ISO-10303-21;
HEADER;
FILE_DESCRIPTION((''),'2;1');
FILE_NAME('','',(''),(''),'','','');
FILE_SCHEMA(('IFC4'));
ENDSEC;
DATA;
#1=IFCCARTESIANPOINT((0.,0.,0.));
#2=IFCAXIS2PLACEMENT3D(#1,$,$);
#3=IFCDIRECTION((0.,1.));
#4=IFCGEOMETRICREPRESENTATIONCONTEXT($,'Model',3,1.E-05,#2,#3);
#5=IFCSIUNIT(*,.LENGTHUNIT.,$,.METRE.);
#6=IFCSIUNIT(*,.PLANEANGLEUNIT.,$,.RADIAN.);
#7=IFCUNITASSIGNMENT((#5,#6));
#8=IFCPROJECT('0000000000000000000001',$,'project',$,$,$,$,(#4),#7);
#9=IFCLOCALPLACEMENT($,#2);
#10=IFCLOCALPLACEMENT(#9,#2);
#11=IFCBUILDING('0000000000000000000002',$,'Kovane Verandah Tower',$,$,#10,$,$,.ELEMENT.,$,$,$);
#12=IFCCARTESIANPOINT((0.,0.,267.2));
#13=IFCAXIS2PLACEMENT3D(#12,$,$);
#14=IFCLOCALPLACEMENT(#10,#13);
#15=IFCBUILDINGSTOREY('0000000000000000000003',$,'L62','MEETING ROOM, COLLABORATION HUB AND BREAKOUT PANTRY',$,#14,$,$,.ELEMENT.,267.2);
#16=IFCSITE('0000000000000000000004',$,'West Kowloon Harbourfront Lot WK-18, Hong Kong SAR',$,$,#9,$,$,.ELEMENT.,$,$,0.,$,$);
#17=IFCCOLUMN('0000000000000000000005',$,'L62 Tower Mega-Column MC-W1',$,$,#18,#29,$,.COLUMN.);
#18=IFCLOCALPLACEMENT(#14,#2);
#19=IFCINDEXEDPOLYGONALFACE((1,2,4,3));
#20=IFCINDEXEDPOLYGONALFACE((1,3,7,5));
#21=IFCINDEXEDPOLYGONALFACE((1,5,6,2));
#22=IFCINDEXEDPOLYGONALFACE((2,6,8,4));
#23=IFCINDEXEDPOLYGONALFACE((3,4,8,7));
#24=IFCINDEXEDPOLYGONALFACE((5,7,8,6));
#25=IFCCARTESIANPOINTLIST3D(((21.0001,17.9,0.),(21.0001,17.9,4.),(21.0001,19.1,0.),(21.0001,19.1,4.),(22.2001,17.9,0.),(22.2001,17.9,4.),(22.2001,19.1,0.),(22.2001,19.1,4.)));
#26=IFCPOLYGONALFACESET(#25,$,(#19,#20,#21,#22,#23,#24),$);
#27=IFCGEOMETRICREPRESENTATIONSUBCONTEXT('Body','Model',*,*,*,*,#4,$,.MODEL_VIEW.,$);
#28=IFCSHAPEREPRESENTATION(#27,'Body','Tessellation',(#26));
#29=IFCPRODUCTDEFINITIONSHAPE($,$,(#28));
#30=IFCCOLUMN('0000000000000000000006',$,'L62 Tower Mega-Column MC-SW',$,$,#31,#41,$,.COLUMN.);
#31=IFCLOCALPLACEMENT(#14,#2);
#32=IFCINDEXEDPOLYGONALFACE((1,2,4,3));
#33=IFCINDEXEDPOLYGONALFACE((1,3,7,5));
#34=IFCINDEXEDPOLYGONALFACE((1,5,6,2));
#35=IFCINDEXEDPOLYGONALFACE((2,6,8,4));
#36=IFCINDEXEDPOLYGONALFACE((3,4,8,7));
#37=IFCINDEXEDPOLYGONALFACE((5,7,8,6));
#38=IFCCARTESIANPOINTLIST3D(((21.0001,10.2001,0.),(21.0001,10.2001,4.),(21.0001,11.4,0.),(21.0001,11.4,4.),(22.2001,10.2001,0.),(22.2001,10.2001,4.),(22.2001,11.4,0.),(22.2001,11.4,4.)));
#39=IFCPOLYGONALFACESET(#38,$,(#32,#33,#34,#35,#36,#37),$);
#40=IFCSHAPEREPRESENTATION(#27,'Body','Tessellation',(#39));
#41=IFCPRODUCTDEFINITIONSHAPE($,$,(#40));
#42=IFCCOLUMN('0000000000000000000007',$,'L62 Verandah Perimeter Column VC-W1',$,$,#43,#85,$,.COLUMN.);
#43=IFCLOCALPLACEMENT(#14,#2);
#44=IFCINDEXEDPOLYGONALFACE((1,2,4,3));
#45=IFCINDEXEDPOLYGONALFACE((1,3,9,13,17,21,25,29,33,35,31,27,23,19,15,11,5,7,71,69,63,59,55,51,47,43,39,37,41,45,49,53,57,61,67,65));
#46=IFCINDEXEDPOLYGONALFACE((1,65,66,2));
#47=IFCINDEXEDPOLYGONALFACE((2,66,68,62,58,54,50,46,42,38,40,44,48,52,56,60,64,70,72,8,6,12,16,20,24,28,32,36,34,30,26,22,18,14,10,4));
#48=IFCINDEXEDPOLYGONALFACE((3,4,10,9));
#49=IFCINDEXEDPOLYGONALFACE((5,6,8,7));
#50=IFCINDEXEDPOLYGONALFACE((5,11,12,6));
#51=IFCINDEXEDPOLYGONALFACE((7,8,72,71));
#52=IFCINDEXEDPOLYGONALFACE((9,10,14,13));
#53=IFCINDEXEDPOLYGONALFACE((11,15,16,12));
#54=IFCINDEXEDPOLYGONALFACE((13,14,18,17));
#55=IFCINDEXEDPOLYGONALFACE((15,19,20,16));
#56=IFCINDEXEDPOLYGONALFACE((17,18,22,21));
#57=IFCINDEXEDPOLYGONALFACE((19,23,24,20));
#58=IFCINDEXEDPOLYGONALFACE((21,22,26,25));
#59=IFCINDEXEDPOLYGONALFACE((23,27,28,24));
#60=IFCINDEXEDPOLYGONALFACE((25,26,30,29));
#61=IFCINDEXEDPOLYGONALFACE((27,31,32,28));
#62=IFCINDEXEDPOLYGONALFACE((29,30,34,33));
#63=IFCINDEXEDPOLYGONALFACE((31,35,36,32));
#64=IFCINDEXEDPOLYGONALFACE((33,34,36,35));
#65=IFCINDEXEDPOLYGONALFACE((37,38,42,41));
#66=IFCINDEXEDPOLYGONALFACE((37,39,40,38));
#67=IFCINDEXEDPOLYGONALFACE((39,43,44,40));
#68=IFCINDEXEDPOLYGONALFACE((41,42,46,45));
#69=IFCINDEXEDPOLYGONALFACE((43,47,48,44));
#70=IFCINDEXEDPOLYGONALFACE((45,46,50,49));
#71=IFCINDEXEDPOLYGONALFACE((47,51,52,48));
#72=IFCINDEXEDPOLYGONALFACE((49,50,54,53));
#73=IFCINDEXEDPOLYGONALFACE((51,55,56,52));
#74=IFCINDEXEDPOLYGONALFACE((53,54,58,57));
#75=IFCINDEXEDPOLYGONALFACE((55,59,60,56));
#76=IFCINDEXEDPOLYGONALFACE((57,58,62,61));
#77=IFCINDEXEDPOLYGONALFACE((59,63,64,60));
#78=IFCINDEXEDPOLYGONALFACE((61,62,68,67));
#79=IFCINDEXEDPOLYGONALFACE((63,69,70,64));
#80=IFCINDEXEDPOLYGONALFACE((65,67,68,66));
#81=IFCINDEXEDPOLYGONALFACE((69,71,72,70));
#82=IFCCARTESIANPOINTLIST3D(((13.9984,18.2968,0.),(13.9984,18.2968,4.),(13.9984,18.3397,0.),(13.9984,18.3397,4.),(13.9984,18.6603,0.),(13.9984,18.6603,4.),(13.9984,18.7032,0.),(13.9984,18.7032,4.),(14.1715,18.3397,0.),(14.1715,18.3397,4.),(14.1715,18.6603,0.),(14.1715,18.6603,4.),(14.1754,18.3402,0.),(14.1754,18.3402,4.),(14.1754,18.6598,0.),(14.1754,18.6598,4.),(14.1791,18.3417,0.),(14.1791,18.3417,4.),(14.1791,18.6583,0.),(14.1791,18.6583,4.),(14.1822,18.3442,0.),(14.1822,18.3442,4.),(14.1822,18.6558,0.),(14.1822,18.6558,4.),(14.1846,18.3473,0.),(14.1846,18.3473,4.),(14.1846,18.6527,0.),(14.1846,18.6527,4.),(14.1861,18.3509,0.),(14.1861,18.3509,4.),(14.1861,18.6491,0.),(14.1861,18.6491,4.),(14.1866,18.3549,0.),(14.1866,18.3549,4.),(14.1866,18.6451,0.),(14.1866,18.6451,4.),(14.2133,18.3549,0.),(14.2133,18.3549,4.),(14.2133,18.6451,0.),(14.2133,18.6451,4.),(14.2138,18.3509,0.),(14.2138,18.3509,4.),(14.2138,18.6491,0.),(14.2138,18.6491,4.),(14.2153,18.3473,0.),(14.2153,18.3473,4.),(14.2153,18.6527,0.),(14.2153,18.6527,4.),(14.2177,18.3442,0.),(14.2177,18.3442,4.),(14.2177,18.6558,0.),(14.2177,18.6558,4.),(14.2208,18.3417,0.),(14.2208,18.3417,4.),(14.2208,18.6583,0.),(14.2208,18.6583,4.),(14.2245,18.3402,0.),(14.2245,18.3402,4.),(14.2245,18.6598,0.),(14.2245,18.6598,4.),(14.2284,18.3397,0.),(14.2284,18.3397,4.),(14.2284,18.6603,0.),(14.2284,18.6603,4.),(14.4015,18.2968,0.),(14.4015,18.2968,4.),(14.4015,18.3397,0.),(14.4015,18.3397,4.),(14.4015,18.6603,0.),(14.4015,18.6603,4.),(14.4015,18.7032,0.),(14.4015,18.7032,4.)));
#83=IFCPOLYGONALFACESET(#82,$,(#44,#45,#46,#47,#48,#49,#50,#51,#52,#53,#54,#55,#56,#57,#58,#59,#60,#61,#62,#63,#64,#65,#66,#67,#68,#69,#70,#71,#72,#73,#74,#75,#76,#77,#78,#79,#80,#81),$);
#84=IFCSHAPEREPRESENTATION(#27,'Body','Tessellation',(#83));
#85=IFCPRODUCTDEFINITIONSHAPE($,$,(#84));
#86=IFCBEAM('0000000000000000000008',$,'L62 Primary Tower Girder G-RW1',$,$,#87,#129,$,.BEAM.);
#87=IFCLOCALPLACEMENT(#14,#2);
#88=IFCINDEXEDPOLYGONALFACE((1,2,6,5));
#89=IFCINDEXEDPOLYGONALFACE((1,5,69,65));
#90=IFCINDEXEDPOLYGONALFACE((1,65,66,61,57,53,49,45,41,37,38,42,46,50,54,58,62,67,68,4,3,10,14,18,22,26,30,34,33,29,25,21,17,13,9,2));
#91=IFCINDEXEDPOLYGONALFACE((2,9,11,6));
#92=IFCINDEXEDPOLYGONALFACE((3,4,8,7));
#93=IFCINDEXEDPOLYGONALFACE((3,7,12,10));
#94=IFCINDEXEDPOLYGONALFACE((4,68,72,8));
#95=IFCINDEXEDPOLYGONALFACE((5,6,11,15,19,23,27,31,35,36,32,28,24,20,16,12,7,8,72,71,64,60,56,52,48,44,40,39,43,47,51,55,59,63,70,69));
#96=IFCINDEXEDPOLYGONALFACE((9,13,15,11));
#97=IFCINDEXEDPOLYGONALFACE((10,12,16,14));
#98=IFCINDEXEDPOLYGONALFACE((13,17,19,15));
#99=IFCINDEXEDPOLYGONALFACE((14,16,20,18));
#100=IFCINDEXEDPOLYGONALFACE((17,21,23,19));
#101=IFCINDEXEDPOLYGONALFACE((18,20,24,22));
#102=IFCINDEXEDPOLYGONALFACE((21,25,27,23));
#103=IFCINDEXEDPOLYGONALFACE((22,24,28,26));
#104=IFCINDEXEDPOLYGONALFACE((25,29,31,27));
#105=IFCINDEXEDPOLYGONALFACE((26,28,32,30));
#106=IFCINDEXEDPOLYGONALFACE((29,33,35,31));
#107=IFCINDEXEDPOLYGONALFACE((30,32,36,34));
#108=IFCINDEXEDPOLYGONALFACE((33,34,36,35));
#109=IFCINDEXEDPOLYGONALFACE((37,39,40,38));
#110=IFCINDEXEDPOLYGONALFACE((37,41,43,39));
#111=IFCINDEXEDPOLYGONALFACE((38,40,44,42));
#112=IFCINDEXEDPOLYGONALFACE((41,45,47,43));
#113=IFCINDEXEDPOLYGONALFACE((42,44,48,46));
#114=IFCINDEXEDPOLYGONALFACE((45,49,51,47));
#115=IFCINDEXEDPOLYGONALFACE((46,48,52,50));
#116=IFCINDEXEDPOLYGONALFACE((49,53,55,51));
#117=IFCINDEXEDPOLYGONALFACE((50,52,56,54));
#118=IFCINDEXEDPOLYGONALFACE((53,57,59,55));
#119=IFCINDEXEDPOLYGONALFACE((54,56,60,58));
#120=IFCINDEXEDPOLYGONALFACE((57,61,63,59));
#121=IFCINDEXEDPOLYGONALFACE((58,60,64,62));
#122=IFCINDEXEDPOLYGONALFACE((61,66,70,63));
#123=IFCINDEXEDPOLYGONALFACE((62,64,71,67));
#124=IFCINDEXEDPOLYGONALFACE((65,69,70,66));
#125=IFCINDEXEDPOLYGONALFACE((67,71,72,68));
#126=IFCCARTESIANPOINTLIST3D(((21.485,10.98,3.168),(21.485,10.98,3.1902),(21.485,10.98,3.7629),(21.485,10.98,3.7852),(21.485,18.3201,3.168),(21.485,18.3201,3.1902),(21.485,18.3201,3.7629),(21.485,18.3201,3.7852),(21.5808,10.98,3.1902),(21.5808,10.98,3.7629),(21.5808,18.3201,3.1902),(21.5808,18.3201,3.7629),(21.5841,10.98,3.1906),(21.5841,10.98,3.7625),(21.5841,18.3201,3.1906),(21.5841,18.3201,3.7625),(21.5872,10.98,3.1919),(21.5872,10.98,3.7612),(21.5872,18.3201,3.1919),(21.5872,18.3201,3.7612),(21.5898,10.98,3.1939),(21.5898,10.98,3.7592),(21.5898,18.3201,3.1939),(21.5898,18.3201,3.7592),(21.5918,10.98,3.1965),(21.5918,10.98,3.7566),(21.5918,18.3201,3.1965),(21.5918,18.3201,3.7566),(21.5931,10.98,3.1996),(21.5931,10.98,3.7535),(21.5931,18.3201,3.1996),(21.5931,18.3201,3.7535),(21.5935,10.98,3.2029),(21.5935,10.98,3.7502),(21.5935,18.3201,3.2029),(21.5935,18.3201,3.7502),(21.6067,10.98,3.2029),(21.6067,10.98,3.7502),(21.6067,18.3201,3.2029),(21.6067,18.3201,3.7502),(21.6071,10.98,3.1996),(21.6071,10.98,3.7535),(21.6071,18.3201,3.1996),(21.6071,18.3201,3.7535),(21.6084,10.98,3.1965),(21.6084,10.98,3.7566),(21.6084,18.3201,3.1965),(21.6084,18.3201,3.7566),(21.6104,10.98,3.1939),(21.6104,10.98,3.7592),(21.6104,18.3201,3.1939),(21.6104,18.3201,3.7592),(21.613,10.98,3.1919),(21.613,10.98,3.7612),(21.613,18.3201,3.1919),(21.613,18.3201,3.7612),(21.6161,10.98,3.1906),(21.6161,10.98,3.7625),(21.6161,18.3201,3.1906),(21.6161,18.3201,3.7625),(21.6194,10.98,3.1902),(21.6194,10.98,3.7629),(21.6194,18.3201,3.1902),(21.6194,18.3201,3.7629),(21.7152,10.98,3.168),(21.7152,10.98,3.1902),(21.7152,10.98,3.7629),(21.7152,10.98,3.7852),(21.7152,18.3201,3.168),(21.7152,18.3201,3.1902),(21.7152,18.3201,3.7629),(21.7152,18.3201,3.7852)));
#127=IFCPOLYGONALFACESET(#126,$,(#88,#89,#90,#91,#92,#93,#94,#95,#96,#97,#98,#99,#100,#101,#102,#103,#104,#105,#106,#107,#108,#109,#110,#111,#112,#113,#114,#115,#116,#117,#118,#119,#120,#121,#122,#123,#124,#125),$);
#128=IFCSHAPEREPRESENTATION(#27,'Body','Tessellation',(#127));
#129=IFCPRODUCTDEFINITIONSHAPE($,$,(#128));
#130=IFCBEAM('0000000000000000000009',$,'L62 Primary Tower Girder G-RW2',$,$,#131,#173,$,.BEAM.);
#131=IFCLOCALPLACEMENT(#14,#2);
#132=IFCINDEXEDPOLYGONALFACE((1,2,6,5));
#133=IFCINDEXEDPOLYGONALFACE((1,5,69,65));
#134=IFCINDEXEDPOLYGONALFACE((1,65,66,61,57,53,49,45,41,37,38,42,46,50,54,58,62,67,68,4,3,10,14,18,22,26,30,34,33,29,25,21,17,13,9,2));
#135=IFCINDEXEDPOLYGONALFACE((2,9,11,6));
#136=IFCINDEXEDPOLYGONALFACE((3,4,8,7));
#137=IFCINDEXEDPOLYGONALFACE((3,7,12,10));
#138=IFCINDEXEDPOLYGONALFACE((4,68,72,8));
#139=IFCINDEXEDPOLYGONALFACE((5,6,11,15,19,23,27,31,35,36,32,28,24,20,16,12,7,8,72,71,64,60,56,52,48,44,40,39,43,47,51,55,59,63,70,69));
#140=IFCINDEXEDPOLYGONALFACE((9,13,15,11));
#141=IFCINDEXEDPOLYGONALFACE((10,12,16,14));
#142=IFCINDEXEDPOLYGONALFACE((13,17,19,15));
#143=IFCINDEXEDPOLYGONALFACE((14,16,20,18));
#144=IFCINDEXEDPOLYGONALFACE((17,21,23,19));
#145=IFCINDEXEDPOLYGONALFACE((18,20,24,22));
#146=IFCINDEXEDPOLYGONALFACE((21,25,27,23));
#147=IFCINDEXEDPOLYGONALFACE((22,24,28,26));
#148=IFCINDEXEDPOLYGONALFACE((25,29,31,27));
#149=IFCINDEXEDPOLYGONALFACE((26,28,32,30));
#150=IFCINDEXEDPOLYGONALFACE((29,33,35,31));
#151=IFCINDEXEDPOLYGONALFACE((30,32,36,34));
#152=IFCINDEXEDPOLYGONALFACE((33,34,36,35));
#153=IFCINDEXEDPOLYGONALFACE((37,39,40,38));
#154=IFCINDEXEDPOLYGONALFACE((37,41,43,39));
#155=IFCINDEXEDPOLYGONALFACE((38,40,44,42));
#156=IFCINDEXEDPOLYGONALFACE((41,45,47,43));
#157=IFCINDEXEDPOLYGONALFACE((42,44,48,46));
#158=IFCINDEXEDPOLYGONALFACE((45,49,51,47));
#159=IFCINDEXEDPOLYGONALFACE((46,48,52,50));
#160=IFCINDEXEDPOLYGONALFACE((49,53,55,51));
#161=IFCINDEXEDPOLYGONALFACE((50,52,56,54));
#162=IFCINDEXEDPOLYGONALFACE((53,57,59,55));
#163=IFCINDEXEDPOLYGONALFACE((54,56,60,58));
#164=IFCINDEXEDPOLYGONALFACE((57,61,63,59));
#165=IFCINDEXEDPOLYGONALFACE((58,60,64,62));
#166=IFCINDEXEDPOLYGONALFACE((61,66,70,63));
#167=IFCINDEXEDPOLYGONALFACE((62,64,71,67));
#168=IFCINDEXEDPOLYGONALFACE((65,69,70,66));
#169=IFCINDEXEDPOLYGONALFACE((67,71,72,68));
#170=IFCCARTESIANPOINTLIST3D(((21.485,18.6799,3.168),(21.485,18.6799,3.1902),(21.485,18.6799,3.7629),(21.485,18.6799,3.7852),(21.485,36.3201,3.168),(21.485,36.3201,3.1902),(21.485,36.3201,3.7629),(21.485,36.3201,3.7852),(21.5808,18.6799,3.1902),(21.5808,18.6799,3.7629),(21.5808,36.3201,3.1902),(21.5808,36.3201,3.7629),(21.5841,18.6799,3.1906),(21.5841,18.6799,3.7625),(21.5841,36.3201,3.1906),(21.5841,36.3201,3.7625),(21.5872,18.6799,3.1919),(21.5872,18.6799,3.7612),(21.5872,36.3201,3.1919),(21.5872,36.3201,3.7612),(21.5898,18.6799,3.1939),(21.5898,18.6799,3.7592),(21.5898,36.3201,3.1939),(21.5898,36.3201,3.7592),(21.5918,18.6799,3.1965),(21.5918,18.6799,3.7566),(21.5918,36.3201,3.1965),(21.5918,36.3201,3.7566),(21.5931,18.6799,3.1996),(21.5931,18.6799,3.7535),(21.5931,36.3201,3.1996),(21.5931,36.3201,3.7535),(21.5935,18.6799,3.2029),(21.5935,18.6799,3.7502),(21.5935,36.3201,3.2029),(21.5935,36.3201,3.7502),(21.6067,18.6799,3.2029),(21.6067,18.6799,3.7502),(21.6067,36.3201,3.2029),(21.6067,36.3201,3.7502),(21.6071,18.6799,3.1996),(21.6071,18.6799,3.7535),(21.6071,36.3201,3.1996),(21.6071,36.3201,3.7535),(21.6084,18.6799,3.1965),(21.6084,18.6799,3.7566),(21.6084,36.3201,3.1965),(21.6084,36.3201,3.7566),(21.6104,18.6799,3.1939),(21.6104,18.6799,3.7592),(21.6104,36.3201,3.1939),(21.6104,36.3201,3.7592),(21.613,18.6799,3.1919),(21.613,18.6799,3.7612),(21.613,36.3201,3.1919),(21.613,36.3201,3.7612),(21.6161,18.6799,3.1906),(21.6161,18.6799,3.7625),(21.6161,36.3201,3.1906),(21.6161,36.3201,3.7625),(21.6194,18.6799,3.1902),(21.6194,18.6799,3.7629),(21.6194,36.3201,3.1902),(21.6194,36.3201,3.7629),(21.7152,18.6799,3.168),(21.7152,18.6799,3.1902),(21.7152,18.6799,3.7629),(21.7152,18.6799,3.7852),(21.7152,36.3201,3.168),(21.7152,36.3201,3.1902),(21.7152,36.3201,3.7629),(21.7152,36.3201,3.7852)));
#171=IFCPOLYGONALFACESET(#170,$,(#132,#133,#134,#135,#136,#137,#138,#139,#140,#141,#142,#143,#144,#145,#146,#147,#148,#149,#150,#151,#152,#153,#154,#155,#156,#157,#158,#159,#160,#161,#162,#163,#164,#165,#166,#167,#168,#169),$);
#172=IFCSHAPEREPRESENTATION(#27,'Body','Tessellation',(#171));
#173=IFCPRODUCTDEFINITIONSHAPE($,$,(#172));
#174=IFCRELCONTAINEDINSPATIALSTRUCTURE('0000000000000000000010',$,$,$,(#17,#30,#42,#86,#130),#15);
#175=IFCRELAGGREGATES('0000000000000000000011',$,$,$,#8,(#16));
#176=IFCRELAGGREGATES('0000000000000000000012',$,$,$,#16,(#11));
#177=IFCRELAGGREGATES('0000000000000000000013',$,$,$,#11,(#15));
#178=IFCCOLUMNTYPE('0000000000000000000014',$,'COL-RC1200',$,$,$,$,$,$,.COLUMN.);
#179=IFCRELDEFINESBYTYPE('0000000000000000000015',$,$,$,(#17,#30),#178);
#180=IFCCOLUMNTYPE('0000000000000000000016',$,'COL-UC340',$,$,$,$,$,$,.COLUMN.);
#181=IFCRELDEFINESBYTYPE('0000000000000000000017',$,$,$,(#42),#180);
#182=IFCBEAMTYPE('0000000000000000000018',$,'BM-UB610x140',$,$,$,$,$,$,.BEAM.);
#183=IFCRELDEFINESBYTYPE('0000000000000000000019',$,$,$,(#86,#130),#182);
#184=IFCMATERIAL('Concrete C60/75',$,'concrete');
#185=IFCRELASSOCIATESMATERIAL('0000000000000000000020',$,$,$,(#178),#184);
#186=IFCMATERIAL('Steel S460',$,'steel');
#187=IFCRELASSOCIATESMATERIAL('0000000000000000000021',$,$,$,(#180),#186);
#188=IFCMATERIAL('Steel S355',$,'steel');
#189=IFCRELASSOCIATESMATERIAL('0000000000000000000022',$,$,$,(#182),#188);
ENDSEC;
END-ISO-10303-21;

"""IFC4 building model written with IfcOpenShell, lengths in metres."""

from ifc_helpers import new_model, si_unit, direction, frame, origin, origin_2d, place, context, subcontext, project, spatial, rectangle, i_section, extrude, material, material_profile, profile_set, type_object, element, save


model = new_model("IFC4")

# Units and contexts
model_context = context("Model", 3, precision=1e-05, world=origin(), true_north=direction((0.0, 1.0)))
body_context = subcontext(model_context, "Body", "Model", "MODEL_VIEW")
ifc_project = project(units=[si_unit("LENGTHUNIT", "METRE"), si_unit("PLANEANGLEUNIT", "RADIAN")], contexts=[model_context])

# Site, building, storey
site_placement = place(None, origin())
site = spatial("IfcSite", under=ifc_project, at=site_placement, Name="West Kowloon Harbourfront Lot WK-18, Hong Kong SAR", CompositionType="ELEMENT", RefElevation=0.0)
building_placement = place(site_placement, origin())
building = spatial("IfcBuilding", under=site, at=building_placement, Name="Kovane Verandah Tower", CompositionType="ELEMENT")
storey_placement = place(building_placement, frame((0.0, 0.0, 267.2)))
storey = spatial("IfcBuildingStorey", under=building, at=storey_placement, Name="L62", Description="MEETING ROOM, COLLABORATION HUB AND BREAKOUT PANTRY", CompositionType="ELEMENT", Elevation=267.2)

# Columns
ifc_material_1 = material(Name="Concrete C60/75", Category="concrete")
ifc_material_profile_1 = material_profile(ifc_material_1, rectangle(XDim=1.2, YDim=1.2, at=origin_2d()), Name="RC1200x1200")
ifc_profile_set_1 = profile_set([ifc_material_profile_1], Name="Concrete C60/75")
column_type_1 = type_object("IfcColumnType", Name="COL-RC1200", PredefinedType="COLUMN", material=ifc_profile_set_1)
for number, where, z_axis, x_axis, name in (
    (1, (21.6001, 18.5, 0.0), (0.0, 0.0, 1.0), (1.0, 0.0, 0.0), "L62 Tower Mega-Column MC-W1"),
    (2, (21.6001, 10.8, 0.0), (0.0, 0.0, 1.0), (1.0, 0.0, 0.0), "L62 Tower Mega-Column MC-SW"),
):
    element("IfcColumn", number, at=place(storey_placement, frame(where, z_axis=z_axis, x_axis=x_axis)), inside=storey, type_object=column_type_1, Name=name, PredefinedType="COLUMN", context=body_context, shape_type="SweptSolid", body=[
        extrude(rectangle(XDim=1.2, YDim=1.2, at=origin_2d()), origin(), (0.0, 0.0, 1.0), 4.0),
    ])
ifc_material_2 = material(Name="Steel S460", Category="steel")
ifc_material_profile_2 = material_profile(ifc_material_2, i_section(OverallWidth=0.4031, OverallDepth=0.4065, WebThickness=0.0266, FlangeThickness=0.043, FilletRadius=0.0151, at=origin_2d()), Name="UC356x406x340")
ifc_profile_set_2 = profile_set([ifc_material_profile_2], Name="Steel S460")
column_type_2 = type_object("IfcColumnType", Name="COL-UC340", PredefinedType="COLUMN", material=ifc_profile_set_2)
column_placement = place(storey_placement, frame((14.2, 18.5, 0.0), z_axis=(0.0, 0.0, 1.0), x_axis=(1.0, 0.0, 0.0)))
element("IfcColumn", 3, at=column_placement, inside=storey, type_object=column_type_2, Name="L62 Verandah Perimeter Column VC-W1", PredefinedType="COLUMN", context=body_context, shape_type="SweptSolid", body=[
    extrude(i_section(OverallWidth=0.4031, OverallDepth=0.4065, WebThickness=0.0266, FlangeThickness=0.043, FilletRadius=0.0151, at=origin_2d()), origin(), (0.0, 0.0, 1.0), 4.0),
])

# Beams
ifc_material_3 = material(Name="Steel S355", Category="steel")
ifc_material_profile_3 = material_profile(ifc_material_3, i_section(OverallWidth=0.2302, OverallDepth=0.6172, WebThickness=0.0132, FlangeThickness=0.0222, FilletRadius=0.0127, at=origin_2d()), Name="UB610x229x140")
ifc_profile_set_3 = profile_set([ifc_material_profile_3], Name="Steel S355")
beam_type_1 = type_object("IfcBeamType", Name="BM-UB610x140", PredefinedType="BEAM", material=ifc_profile_set_3)
beam_1_placement = place(storey_placement, frame((21.6001, 10.98, 3.4766), z_axis=(0.0, 1.0, 0.0), x_axis=(-1.0, 0.0, 0.0)))
element("IfcBeam", 4, at=beam_1_placement, inside=storey, type_object=beam_type_1, Name="L62 Primary Tower Girder G-RW1", PredefinedType="BEAM", context=body_context, shape_type="SweptSolid", body=[
    extrude(i_section(OverallWidth=0.2302, OverallDepth=0.6172, WebThickness=0.0132, FlangeThickness=0.0222, FilletRadius=0.0127, at=origin_2d()), origin(), (0.0, 0.0, 1.0), 7.3401),
])
beam_2_placement = place(storey_placement, frame((21.6001, 18.6799, 3.4766), z_axis=(0.0, 1.0, 0.0), x_axis=(-1.0, 0.0, 0.0)))
element("IfcBeam", 5, at=beam_2_placement, inside=storey, type_object=beam_type_1, Name="L62 Primary Tower Girder G-RW2", PredefinedType="BEAM", context=body_context, shape_type="SweptSolid", body=[
    extrude(i_section(OverallWidth=0.2302, OverallDepth=0.6172, WebThickness=0.0132, FlangeThickness=0.0222, FilletRadius=0.0127, at=origin_2d()), origin(), (0.0, 0.0, 1.0), 17.6401),
])

save(model, "model.ifc")
